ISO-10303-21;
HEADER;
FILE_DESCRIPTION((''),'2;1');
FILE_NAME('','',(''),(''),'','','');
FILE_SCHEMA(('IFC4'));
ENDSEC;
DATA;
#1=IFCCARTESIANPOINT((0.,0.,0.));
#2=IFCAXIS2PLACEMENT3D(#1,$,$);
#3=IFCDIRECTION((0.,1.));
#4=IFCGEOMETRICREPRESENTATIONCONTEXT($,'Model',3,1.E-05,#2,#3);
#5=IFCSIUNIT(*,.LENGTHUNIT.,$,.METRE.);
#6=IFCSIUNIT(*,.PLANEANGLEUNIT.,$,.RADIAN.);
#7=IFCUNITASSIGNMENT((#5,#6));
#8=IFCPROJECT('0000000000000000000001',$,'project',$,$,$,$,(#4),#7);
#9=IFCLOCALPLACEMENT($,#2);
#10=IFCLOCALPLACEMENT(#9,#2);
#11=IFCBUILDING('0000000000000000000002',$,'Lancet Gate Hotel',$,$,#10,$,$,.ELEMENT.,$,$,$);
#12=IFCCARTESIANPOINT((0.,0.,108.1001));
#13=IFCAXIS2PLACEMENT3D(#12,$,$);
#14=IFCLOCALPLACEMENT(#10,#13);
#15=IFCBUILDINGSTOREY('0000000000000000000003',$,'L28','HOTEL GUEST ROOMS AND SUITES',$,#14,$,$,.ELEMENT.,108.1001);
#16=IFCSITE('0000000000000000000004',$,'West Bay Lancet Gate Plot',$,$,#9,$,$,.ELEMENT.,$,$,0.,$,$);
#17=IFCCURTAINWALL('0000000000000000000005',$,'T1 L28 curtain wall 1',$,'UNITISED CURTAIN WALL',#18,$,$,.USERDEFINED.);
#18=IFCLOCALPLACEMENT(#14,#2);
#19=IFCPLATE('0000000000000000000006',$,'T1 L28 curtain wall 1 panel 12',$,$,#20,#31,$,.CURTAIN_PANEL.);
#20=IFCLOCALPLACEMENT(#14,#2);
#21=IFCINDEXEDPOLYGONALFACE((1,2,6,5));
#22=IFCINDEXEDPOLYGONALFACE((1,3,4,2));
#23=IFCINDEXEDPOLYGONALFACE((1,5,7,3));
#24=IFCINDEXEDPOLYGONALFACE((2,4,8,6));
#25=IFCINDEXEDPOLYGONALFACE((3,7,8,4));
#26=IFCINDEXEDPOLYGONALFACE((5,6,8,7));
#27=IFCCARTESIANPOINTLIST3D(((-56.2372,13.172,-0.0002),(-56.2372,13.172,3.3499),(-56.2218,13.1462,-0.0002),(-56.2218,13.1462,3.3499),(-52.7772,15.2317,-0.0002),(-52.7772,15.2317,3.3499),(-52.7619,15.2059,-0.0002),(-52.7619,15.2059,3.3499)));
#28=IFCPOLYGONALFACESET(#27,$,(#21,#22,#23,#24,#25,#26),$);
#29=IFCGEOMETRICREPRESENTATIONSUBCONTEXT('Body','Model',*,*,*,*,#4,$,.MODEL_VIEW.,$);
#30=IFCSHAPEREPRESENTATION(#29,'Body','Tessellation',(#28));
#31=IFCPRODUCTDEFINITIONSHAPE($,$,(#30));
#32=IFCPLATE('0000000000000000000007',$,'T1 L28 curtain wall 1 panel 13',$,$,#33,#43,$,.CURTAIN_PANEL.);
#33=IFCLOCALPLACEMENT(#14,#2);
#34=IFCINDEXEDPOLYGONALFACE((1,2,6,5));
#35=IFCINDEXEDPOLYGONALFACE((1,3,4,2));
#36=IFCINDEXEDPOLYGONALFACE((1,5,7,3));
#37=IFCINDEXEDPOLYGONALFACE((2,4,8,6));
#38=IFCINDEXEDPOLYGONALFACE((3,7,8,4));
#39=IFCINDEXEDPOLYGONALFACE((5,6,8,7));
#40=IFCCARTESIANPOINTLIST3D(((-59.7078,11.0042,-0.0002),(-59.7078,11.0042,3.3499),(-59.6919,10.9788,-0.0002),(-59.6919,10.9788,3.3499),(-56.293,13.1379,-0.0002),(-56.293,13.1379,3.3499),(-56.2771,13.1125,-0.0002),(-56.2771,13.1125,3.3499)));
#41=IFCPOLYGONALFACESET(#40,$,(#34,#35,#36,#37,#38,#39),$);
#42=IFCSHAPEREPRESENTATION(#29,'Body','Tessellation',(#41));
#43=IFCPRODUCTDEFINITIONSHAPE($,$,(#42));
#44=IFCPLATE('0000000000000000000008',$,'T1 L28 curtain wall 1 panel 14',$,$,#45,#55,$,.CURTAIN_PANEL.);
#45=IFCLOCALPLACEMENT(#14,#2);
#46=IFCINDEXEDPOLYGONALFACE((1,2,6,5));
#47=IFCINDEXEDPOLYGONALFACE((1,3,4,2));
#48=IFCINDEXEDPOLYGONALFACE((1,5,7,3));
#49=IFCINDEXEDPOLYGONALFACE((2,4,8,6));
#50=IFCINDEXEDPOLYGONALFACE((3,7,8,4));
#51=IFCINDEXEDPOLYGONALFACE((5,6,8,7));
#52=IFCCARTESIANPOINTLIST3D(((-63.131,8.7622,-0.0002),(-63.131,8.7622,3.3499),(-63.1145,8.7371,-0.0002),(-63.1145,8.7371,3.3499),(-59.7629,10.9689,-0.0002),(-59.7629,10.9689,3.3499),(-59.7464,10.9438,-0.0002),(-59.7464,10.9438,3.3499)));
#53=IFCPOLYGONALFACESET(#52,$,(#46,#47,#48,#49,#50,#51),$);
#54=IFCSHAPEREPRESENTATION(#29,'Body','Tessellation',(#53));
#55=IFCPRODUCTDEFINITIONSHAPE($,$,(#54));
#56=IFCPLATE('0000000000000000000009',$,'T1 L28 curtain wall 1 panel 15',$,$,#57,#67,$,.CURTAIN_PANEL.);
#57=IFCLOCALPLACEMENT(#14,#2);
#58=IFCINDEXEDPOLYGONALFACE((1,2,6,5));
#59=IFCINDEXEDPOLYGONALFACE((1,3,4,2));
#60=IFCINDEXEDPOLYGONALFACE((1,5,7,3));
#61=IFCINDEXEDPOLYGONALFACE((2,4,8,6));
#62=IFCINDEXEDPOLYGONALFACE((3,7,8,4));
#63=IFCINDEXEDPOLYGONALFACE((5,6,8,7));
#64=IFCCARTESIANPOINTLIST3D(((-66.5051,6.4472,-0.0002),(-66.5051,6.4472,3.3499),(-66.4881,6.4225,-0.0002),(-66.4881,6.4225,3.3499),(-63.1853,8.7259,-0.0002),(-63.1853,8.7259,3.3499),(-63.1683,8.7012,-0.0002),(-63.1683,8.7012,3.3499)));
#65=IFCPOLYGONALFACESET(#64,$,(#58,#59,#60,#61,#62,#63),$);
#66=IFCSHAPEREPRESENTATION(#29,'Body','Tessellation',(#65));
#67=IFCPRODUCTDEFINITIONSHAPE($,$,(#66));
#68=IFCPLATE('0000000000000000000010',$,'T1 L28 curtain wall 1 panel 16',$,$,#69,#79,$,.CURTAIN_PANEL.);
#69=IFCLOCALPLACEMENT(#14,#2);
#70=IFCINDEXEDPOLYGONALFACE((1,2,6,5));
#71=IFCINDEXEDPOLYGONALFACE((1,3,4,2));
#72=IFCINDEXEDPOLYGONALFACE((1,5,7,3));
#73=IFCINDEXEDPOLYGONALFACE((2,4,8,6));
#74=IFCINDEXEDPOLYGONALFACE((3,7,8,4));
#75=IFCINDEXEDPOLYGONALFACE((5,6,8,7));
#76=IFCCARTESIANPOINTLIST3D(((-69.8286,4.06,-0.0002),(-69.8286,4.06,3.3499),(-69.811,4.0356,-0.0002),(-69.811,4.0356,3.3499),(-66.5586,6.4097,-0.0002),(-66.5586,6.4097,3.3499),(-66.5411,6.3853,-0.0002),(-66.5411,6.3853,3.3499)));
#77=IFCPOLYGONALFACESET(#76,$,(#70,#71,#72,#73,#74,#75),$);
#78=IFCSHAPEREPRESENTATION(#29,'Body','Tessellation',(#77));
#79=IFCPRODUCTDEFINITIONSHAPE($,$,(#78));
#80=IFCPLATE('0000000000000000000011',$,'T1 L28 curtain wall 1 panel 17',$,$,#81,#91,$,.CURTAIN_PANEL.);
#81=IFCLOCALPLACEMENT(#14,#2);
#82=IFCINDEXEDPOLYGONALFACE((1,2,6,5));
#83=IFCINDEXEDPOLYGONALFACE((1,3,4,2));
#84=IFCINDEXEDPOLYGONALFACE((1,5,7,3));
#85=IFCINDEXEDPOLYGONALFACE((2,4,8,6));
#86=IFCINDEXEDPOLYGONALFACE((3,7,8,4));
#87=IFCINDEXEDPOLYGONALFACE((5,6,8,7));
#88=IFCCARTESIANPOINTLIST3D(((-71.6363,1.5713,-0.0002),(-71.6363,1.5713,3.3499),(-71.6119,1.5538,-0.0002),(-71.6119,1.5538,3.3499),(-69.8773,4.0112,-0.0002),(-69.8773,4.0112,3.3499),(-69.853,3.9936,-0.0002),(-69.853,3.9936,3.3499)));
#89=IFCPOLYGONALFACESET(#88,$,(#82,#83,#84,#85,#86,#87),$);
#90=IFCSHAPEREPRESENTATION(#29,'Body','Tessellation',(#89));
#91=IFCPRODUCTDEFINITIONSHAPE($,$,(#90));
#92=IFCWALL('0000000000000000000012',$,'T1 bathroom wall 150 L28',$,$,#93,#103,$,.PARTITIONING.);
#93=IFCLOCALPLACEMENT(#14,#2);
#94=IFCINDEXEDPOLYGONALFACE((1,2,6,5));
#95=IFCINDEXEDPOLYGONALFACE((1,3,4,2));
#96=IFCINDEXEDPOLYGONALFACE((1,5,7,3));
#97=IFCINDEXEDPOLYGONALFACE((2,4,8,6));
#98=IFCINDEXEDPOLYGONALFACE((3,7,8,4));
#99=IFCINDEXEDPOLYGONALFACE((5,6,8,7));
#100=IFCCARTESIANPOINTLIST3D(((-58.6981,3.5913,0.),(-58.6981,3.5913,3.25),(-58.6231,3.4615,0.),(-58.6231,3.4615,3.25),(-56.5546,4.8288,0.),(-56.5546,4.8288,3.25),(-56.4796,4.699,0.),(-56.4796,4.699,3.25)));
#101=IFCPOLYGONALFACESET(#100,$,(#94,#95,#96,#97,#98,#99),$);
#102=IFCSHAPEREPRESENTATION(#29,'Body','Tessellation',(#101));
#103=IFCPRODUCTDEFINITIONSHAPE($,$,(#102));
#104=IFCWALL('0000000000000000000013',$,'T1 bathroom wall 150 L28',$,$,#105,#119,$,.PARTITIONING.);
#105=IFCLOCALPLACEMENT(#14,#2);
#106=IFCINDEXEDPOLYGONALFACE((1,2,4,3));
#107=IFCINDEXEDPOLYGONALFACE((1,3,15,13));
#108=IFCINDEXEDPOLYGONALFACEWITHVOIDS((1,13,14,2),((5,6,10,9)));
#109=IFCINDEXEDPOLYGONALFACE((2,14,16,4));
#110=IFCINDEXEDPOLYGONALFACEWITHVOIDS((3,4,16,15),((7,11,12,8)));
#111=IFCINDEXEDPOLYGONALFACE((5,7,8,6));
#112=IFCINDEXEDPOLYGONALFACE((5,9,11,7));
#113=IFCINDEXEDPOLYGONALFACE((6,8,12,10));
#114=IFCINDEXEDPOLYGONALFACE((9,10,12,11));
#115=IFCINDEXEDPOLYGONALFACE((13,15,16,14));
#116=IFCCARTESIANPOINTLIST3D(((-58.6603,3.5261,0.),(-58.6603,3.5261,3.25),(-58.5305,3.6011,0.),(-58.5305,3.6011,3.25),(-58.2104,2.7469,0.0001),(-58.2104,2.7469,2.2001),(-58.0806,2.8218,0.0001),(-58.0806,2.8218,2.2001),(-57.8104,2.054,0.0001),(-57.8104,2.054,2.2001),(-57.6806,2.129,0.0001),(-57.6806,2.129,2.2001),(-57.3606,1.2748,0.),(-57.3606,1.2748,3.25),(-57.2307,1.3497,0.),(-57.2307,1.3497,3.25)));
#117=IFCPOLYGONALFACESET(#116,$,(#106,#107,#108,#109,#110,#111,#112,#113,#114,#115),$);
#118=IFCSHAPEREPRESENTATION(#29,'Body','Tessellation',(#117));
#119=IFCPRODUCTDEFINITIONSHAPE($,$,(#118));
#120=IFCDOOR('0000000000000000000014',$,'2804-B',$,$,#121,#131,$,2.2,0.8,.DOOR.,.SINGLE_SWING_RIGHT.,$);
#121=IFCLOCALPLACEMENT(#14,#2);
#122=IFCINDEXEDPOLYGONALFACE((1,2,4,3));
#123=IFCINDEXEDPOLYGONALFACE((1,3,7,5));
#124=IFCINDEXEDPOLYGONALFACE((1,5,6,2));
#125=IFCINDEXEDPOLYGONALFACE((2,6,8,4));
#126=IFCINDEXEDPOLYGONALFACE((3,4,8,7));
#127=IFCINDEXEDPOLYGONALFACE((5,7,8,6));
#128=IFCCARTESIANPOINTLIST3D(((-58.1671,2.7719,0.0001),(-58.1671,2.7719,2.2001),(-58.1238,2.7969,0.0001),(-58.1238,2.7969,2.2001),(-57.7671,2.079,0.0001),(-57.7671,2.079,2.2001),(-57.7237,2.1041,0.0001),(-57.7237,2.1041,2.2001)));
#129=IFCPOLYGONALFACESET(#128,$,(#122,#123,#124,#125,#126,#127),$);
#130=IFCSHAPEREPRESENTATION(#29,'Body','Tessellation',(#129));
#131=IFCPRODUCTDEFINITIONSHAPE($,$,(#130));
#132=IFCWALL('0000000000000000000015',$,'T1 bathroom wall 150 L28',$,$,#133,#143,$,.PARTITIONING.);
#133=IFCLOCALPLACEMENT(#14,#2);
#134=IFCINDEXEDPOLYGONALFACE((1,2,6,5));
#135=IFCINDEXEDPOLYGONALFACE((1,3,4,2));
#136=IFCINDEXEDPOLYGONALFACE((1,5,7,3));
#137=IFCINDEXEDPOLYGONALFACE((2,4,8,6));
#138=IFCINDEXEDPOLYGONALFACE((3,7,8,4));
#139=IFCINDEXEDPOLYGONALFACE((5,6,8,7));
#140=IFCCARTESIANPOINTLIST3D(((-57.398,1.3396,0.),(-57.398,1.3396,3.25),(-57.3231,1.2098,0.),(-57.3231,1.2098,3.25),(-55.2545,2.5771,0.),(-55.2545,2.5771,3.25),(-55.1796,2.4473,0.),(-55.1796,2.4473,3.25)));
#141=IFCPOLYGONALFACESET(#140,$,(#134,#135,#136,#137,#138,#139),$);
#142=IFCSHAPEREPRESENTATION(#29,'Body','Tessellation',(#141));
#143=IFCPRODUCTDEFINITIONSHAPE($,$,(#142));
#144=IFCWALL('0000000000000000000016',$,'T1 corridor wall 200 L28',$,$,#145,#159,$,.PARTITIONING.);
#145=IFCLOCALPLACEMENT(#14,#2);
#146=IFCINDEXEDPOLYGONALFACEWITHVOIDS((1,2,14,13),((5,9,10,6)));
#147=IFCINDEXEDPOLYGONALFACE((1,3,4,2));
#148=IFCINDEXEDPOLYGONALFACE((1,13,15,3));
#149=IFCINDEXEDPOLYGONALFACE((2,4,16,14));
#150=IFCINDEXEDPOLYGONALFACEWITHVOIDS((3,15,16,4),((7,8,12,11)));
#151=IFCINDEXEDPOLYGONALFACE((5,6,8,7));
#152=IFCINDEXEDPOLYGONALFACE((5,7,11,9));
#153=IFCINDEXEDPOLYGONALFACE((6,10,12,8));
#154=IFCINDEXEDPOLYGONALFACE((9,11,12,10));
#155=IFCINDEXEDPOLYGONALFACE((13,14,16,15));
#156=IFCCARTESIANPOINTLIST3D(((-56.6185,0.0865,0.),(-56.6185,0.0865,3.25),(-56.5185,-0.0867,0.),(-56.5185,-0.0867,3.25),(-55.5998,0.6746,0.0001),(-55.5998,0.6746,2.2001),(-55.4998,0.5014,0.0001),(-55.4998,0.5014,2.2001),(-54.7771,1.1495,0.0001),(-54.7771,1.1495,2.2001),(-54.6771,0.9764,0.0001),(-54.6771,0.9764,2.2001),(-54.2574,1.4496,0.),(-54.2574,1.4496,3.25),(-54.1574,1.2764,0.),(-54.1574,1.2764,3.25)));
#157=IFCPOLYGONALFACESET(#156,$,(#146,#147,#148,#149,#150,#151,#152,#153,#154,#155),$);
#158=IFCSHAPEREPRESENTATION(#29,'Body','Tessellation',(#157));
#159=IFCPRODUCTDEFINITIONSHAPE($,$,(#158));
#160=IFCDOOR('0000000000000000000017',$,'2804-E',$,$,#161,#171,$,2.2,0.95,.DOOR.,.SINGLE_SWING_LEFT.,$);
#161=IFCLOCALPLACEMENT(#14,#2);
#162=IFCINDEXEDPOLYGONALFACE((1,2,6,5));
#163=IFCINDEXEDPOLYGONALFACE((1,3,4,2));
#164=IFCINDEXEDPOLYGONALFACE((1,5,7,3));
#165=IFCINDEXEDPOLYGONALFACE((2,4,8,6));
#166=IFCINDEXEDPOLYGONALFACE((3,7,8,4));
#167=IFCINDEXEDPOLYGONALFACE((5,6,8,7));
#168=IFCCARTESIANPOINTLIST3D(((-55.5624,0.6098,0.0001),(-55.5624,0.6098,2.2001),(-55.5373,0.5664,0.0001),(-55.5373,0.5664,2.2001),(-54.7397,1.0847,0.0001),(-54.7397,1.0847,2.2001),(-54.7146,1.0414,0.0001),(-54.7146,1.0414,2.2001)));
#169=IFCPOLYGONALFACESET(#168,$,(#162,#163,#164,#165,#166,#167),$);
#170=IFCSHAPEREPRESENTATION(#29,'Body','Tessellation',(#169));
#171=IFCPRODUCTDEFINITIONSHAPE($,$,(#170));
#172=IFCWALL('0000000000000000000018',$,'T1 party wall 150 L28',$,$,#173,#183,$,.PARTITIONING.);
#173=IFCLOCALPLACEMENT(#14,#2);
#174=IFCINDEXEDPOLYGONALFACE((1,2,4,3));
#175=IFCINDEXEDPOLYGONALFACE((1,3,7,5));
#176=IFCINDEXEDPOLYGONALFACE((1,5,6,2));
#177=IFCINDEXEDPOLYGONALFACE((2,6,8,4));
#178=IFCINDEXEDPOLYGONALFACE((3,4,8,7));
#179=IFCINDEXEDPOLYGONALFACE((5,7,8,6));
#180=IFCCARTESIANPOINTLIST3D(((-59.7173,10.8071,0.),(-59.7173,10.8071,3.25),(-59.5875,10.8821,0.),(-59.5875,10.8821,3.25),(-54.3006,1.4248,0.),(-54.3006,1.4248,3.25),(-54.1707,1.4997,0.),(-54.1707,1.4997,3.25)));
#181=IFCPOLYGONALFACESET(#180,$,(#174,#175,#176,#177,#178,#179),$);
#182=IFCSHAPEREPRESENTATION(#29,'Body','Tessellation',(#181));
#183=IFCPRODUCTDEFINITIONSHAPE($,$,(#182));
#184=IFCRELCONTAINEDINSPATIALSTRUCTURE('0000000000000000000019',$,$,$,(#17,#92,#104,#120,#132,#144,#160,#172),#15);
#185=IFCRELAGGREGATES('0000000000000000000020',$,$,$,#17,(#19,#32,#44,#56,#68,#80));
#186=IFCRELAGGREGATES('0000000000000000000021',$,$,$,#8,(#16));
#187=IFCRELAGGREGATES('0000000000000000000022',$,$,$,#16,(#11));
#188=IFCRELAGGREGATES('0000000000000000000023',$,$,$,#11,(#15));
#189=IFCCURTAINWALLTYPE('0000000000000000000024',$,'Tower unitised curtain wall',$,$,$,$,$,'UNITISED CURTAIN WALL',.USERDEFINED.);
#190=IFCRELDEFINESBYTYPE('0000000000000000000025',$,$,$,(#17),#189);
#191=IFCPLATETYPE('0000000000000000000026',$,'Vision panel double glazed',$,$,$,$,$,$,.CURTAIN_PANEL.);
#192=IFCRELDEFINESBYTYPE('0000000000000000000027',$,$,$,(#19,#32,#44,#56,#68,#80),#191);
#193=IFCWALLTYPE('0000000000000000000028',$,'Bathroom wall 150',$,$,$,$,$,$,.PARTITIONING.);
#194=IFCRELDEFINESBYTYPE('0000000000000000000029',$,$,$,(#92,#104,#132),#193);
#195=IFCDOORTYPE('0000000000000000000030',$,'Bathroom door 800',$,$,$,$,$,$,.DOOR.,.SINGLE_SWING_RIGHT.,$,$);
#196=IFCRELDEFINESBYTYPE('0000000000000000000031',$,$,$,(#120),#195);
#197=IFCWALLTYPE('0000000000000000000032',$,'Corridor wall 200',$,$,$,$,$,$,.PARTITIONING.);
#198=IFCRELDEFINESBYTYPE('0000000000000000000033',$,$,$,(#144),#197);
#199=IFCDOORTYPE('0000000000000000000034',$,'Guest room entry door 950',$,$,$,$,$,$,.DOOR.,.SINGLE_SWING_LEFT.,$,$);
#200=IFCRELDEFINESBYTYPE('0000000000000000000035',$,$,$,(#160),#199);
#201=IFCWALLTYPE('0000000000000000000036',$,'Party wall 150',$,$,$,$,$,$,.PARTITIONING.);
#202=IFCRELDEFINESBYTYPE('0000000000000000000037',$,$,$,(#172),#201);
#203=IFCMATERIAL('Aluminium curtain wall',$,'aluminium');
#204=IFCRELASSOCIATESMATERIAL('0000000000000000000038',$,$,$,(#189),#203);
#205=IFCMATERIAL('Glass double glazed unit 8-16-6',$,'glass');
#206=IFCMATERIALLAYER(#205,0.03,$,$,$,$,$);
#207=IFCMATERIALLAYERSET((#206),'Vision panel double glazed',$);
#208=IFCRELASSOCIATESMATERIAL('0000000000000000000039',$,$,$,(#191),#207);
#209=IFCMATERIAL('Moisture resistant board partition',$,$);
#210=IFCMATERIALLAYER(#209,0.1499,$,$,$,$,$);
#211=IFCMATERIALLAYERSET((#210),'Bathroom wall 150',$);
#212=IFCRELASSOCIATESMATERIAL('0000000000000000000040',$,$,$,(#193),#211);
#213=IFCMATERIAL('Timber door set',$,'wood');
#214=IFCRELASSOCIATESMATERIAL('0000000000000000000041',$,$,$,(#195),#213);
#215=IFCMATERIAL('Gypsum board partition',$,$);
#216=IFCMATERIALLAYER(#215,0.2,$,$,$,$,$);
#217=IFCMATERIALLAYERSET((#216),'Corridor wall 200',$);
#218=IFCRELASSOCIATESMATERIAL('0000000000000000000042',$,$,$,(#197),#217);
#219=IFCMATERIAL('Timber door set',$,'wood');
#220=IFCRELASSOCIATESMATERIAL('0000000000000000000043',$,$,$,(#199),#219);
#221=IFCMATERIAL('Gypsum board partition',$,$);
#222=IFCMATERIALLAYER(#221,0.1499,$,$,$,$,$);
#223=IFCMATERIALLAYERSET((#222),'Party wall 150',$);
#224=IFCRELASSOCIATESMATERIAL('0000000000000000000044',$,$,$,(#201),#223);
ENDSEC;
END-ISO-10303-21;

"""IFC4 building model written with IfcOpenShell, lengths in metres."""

from ifc_helpers import new_model, si_unit, direction, frame, frame_2d, origin, origin_2d, place, context, subcontext, project, spatial, rectangle, extrude, material, layer, layer_set, type_object, element, fill, aggregate, save


model = new_model("IFC4")

# Units and contexts
model_context = context("Model", 3, precision=1e-05, world=origin(), true_north=direction((0.0, 1.0)))
body_context = subcontext(model_context, "Body", "Model", "MODEL_VIEW")
ifc_project = project(units=[si_unit("LENGTHUNIT", "METRE"), si_unit("PLANEANGLEUNIT", "RADIAN")], contexts=[model_context])

# Site, building, storey
site_placement = place(None, origin())
site = spatial("IfcSite", under=ifc_project, at=site_placement, Name="West Bay Lancet Gate Plot", CompositionType="ELEMENT", RefElevation=0.0)
building_placement = place(site_placement, origin())
building = spatial("IfcBuilding", under=site, at=building_placement, Name="Lancet Gate Hotel", CompositionType="ELEMENT")
storey_placement = place(building_placement, frame((0.0, 0.0, 108.1001)))
storey = spatial("IfcBuildingStorey", under=building, at=storey_placement, Name="L28", Description="HOTEL GUEST ROOMS AND SUITES", CompositionType="ELEMENT", Elevation=108.1001)

# Curtain wall
ifc_material_1 = material(Name="Aluminium curtain wall", Category="aluminium")
curtain_wall_type = type_object("IfcCurtainWallType", Name="Tower unitised curtain wall", ElementType="UNITISED CURTAIN WALL", PredefinedType="USERDEFINED", material=ifc_material_1)
curtain_wall_placement = place(storey_placement, origin())
curtain_wall = element("IfcCurtainWall", 1, at=curtain_wall_placement, inside=storey, type_object=curtain_wall_type, Name="T1 L28 curtain wall 1", ObjectType="UNITISED CURTAIN WALL", PredefinedType="USERDEFINED")

# Plates
ifc_material_2 = material(Name="Glass double glazed unit 8-16-6", Category="glass")
ifc_layer_1 = layer(ifc_material_2, 0.03)
ifc_layer_set_1 = layer_set([ifc_layer_1], Name="Vision panel double glazed")
plate_type = type_object("IfcPlateType", Name="Vision panel double glazed", PredefinedType="CURTAIN_PANEL", material=ifc_layer_set_1)
plate_1_placement = place(storey_placement, frame((-54.4995, 14.189, -0.0002), z_axis=(0.0, 0.0, 1.0), x_axis=(-0.859271, -0.51152, 0.0)))
plate_1 = element("IfcPlate", 2, at=plate_1_placement, type_object=plate_type, Name="T1 L28 curtain wall 1 panel 12", PredefinedType="CURTAIN_PANEL", context=body_context, shape_type="SweptSolid", body=[
    extrude(rectangle(XDim=4.0266, YDim=0.03, at=origin_2d()), origin(), (0.0, 0.0, 1.0), 3.3501),
])
plate_2_placement = place(storey_placement, frame((-57.9924, 12.0583, -0.0002), z_axis=(0.0, 0.0, 1.0), x_axis=(-0.848061, -0.529899, 0.0)))
plate_2 = element("IfcPlate", 3, at=plate_2_placement, type_object=plate_type, Name="T1 L28 curtain wall 1 panel 13", PredefinedType="CURTAIN_PANEL", context=body_context, shape_type="SweptSolid", body=[
    extrude(rectangle(XDim=4.0266, YDim=0.03, at=origin_2d()), origin(), (0.0, 0.0, 1.0), 3.3501),
])
plate_3_placement = place(storey_placement, frame((-61.4387, 9.853, -0.0002), z_axis=(0.0, 0.0, 1.0), x_axis=(-0.836458, -0.548032, 0.0)))
plate_3 = element("IfcPlate", 4, at=plate_3_placement, type_object=plate_type, Name="T1 L28 curtain wall 1 panel 14", PredefinedType="CURTAIN_PANEL", context=body_context, shape_type="SweptSolid", body=[
    extrude(rectangle(XDim=4.0266, YDim=0.03, at=origin_2d()), origin(), (0.0, 0.0, 1.0), 3.3501),
])
plate_4_placement = place(storey_placement, frame((-64.8367, 7.5742, -0.0002), z_axis=(0.0, 0.0, 1.0), x_axis=(-0.824466, -0.565911, 0.0)))
plate_4 = element("IfcPlate", 5, at=plate_4_placement, type_object=plate_type, Name="T1 L28 curtain wall 1 panel 15", PredefinedType="CURTAIN_PANEL", context=body_context, shape_type="SweptSolid", body=[
    extrude(rectangle(XDim=4.0266, YDim=0.03, at=origin_2d()), origin(), (0.0, 0.0, 1.0), 3.3501),
])
plate_5_placement = place(storey_placement, frame((-68.1848, 5.2227, -0.0002), z_axis=(0.0, 0.0, 1.0), x_axis=(-0.812093, -0.583528, 0.0)))
plate_5 = element("IfcPlate", 6, at=plate_5_placement, type_object=plate_type, Name="T1 L28 curtain wall 1 panel 16", PredefinedType="CURTAIN_PANEL", context=body_context, shape_type="SweptSolid", body=[
    extrude(rectangle(XDim=4.0266, YDim=0.03, at=origin_2d()), origin(), (0.0, 0.0, 1.0), 3.3501),
])
plate_6_placement = place(storey_placement, frame((-70.7446, 2.7825, -0.0002), z_axis=(0.0, 0.0, 1.0), x_axis=(-0.584809, -0.811171, 0.0)))
plate_6 = element("IfcPlate", 7, at=plate_6_placement, type_object=plate_type, Name="T1 L28 curtain wall 1 panel 17", PredefinedType="CURTAIN_PANEL", context=body_context, shape_type="SweptSolid", body=[
    extrude(rectangle(XDim=3.0078, YDim=0.03, at=origin_2d()), origin(), (0.0, 0.0, 1.0), 3.3501),
])
aggregate(curtain_wall, [plate_1, plate_2, plate_3, plate_4, plate_5, plate_6])

# Wall
ifc_material_3 = material(Name="Moisture resistant board partition")
ifc_layer_2 = layer(ifc_material_3, 0.1499)
ifc_layer_set_2 = layer_set([ifc_layer_2], Name="Bathroom wall 150")
wall_type_1 = type_object("IfcWallType", Name="Bathroom wall 150", PredefinedType="PARTITIONING", material=ifc_layer_set_2)
wall_1_placement = place(storey_placement, frame((-56.5171, 4.7639, 0.0), z_axis=(0.0, 0.0, 1.0), x_axis=(-0.866031, -0.49999, 0.0)))
element("IfcWall", 8, at=wall_1_placement, inside=storey, type_object=wall_type_1, Name="T1 bathroom wall 150 L28", PredefinedType="PARTITIONING", context=body_context, shape_type="SweptSolid", body=[
    extrude(rectangle(XDim=2.4751, YDim=0.1499, at=frame_2d((1.2375, 0.0))), origin(), (0.0, 0.0, 1.0), 3.25),
])

# Wall, opening, door
wall_2_placement = place(storey_placement, frame((-57.2957, 1.3123, 0.0), z_axis=(0.0, 0.0, 1.0), x_axis=(-0.499977, 0.866039, 0.0)))
wall_2 = element("IfcWall", 9, at=wall_2_placement, inside=storey, type_object=wall_type_1, Name="T1 bathroom wall 150 L28", PredefinedType="PARTITIONING", context=body_context, shape_type="SweptSolid", body=[
    extrude(rectangle(XDim=2.5996, YDim=0.1499, at=frame_2d((1.2998, 0.0))), origin(), (0.0, 0.0, 1.0), 3.25),
])
opening_1_placement = place(wall_2_placement, frame((0.8999, 0.0, 0.0)))
opening_1 = element("IfcOpeningElement", 10, at=opening_1_placement, cuts=wall_2, PredefinedType="OPENING", context=body_context, shape_type="SweptSolid", body=[
    extrude(rectangle(XDim=0.8, YDim=2.2, at=frame_2d((0.3999, 1.1001))), frame((0.0, 0.085, 0.0), z_axis=(0.0, -1.0, 0.0), x_axis=(1.0, 0.0, 0.0)), (0.0, 0.0, 1.0), 0.1699),
])
ifc_material_4 = material(Name="Timber door set", Category="wood")
door_type_1 = type_object("IfcDoorType", Name="Bathroom door 800", OperationType="SINGLE_SWING_RIGHT", PredefinedType="DOOR", material=ifc_material_4)
door_1_placement = place(opening_1_placement, origin())
door_1 = element("IfcDoor", 11, at=door_1_placement, inside=storey, type_object=door_type_1, Name="2804-B", OperationType="SINGLE_SWING_RIGHT", OverallHeight=2.2, OverallWidth=0.8, PredefinedType="DOOR", context=body_context, shape_type="SweptSolid", body=[
    extrude(rectangle(XDim=0.8, YDim=2.2, at=frame_2d((0.3999, 1.1001))), frame((0.0, 0.0249, 0.0), z_axis=(0.0, -1.0, 0.0), x_axis=(1.0, 0.0, 0.0)), (0.0, 0.0, 1.0), 0.05),
])
fill(opening_1, door_1)

# Wall
wall_3_placement = place(storey_placement, frame((-55.217, 2.5122, 0.0), z_axis=(0.0, 0.0, 1.0), x_axis=(-0.866031, -0.49999, 0.0)))
element("IfcWall", 12, at=wall_3_placement, inside=storey, type_object=wall_type_1, Name="T1 bathroom wall 150 L28", PredefinedType="PARTITIONING", context=body_context, shape_type="SweptSolid", body=[
    extrude(rectangle(XDim=2.4751, YDim=0.1499, at=frame_2d((1.2375, 0.0))), origin(), (0.0, 0.0, 1.0), 3.25),
])

# Wall, opening, door
ifc_material_5 = material(Name="Gypsum board partition")
ifc_layer_3 = layer(ifc_material_5, 0.2)
ifc_layer_set_3 = layer_set([ifc_layer_3], Name="Corridor wall 200")
wall_type_2 = type_object("IfcWallType", Name="Corridor wall 200", PredefinedType="PARTITIONING", material=ifc_layer_set_3)
wall_4_placement = place(storey_placement, frame((-54.2073, 1.363, 0.0), z_axis=(0.0, 0.0, 1.0), x_axis=(-0.866047, -0.499963, 0.0)))
wall_4 = element("IfcWall", 13, at=wall_4_placement, inside=storey, type_object=wall_type_2, Name="T1 corridor wall 200 L28", PredefinedType="PARTITIONING", context=body_context, shape_type="SweptSolid", body=[
    extrude(rectangle(XDim=2.7263, YDim=0.2, at=frame_2d((1.3633, 0.0))), origin(), (0.0, 0.0, 1.0), 3.25),
])
opening_2_placement = place(wall_4_placement, frame((0.6001, 0.0, 0.0)))
opening_2 = element("IfcOpeningElement", 14, at=opening_2_placement, cuts=wall_4, PredefinedType="OPENING", context=body_context, shape_type="SweptSolid", body=[
    extrude(rectangle(XDim=0.95, YDim=2.2, at=frame_2d((0.4751, 1.1001))), frame((0.0, 0.1099, 0.0), z_axis=(0.0, -1.0, 0.0), x_axis=(1.0, 0.0, 0.0)), (0.0, 0.0, 1.0), 0.22),
])
ifc_material_6 = material(Name="Timber door set", Category="wood")
door_type_2 = type_object("IfcDoorType", Name="Guest room entry door 950", OperationType="SINGLE_SWING_LEFT", PredefinedType="DOOR", material=ifc_material_6)
door_2_placement = place(opening_2_placement, origin())
door_2 = element("IfcDoor", 15, at=door_2_placement, inside=storey, type_object=door_type_2, Name="2804-E", OperationType="SINGLE_SWING_LEFT", OverallHeight=2.2, OverallWidth=0.95, PredefinedType="DOOR", context=body_context, shape_type="SweptSolid", body=[
    extrude(rectangle(XDim=0.95, YDim=2.2, at=frame_2d((0.4751, 1.1001))), frame((0.0, 0.0249, 0.0), z_axis=(0.0, -1.0, 0.0), x_axis=(1.0, 0.0, 0.0)), (0.0, 0.0, 1.0), 0.05),
])
fill(opening_2, door_2)

# Wall
ifc_material_7 = material(Name="Gypsum board partition")
ifc_layer_4 = layer(ifc_material_7, 0.1499)
ifc_layer_set_4 = layer_set([ifc_layer_4], Name="Party wall 150")
wall_type_3 = type_object("IfcWallType", Name="Party wall 150", PredefinedType="PARTITIONING", material=ifc_layer_set_4)
wall_5_placement = place(storey_placement, frame((-54.2356, 1.4622, 0.0), z_axis=(0.0, 0.0, 1.0), x_axis=(-0.49999, 0.866031, 0.0)))
element("IfcWall", 16, at=wall_5_placement, inside=storey, type_object=wall_type_3, Name="T1 party wall 150 L28", PredefinedType="PARTITIONING", context=body_context, shape_type="SweptSolid", body=[
    extrude(rectangle(XDim=10.8337, YDim=0.1499, at=frame_2d((5.417, 0.0))), origin(), (0.0, 0.0, 1.0), 3.25),
])

save(model, "model.ifc")
